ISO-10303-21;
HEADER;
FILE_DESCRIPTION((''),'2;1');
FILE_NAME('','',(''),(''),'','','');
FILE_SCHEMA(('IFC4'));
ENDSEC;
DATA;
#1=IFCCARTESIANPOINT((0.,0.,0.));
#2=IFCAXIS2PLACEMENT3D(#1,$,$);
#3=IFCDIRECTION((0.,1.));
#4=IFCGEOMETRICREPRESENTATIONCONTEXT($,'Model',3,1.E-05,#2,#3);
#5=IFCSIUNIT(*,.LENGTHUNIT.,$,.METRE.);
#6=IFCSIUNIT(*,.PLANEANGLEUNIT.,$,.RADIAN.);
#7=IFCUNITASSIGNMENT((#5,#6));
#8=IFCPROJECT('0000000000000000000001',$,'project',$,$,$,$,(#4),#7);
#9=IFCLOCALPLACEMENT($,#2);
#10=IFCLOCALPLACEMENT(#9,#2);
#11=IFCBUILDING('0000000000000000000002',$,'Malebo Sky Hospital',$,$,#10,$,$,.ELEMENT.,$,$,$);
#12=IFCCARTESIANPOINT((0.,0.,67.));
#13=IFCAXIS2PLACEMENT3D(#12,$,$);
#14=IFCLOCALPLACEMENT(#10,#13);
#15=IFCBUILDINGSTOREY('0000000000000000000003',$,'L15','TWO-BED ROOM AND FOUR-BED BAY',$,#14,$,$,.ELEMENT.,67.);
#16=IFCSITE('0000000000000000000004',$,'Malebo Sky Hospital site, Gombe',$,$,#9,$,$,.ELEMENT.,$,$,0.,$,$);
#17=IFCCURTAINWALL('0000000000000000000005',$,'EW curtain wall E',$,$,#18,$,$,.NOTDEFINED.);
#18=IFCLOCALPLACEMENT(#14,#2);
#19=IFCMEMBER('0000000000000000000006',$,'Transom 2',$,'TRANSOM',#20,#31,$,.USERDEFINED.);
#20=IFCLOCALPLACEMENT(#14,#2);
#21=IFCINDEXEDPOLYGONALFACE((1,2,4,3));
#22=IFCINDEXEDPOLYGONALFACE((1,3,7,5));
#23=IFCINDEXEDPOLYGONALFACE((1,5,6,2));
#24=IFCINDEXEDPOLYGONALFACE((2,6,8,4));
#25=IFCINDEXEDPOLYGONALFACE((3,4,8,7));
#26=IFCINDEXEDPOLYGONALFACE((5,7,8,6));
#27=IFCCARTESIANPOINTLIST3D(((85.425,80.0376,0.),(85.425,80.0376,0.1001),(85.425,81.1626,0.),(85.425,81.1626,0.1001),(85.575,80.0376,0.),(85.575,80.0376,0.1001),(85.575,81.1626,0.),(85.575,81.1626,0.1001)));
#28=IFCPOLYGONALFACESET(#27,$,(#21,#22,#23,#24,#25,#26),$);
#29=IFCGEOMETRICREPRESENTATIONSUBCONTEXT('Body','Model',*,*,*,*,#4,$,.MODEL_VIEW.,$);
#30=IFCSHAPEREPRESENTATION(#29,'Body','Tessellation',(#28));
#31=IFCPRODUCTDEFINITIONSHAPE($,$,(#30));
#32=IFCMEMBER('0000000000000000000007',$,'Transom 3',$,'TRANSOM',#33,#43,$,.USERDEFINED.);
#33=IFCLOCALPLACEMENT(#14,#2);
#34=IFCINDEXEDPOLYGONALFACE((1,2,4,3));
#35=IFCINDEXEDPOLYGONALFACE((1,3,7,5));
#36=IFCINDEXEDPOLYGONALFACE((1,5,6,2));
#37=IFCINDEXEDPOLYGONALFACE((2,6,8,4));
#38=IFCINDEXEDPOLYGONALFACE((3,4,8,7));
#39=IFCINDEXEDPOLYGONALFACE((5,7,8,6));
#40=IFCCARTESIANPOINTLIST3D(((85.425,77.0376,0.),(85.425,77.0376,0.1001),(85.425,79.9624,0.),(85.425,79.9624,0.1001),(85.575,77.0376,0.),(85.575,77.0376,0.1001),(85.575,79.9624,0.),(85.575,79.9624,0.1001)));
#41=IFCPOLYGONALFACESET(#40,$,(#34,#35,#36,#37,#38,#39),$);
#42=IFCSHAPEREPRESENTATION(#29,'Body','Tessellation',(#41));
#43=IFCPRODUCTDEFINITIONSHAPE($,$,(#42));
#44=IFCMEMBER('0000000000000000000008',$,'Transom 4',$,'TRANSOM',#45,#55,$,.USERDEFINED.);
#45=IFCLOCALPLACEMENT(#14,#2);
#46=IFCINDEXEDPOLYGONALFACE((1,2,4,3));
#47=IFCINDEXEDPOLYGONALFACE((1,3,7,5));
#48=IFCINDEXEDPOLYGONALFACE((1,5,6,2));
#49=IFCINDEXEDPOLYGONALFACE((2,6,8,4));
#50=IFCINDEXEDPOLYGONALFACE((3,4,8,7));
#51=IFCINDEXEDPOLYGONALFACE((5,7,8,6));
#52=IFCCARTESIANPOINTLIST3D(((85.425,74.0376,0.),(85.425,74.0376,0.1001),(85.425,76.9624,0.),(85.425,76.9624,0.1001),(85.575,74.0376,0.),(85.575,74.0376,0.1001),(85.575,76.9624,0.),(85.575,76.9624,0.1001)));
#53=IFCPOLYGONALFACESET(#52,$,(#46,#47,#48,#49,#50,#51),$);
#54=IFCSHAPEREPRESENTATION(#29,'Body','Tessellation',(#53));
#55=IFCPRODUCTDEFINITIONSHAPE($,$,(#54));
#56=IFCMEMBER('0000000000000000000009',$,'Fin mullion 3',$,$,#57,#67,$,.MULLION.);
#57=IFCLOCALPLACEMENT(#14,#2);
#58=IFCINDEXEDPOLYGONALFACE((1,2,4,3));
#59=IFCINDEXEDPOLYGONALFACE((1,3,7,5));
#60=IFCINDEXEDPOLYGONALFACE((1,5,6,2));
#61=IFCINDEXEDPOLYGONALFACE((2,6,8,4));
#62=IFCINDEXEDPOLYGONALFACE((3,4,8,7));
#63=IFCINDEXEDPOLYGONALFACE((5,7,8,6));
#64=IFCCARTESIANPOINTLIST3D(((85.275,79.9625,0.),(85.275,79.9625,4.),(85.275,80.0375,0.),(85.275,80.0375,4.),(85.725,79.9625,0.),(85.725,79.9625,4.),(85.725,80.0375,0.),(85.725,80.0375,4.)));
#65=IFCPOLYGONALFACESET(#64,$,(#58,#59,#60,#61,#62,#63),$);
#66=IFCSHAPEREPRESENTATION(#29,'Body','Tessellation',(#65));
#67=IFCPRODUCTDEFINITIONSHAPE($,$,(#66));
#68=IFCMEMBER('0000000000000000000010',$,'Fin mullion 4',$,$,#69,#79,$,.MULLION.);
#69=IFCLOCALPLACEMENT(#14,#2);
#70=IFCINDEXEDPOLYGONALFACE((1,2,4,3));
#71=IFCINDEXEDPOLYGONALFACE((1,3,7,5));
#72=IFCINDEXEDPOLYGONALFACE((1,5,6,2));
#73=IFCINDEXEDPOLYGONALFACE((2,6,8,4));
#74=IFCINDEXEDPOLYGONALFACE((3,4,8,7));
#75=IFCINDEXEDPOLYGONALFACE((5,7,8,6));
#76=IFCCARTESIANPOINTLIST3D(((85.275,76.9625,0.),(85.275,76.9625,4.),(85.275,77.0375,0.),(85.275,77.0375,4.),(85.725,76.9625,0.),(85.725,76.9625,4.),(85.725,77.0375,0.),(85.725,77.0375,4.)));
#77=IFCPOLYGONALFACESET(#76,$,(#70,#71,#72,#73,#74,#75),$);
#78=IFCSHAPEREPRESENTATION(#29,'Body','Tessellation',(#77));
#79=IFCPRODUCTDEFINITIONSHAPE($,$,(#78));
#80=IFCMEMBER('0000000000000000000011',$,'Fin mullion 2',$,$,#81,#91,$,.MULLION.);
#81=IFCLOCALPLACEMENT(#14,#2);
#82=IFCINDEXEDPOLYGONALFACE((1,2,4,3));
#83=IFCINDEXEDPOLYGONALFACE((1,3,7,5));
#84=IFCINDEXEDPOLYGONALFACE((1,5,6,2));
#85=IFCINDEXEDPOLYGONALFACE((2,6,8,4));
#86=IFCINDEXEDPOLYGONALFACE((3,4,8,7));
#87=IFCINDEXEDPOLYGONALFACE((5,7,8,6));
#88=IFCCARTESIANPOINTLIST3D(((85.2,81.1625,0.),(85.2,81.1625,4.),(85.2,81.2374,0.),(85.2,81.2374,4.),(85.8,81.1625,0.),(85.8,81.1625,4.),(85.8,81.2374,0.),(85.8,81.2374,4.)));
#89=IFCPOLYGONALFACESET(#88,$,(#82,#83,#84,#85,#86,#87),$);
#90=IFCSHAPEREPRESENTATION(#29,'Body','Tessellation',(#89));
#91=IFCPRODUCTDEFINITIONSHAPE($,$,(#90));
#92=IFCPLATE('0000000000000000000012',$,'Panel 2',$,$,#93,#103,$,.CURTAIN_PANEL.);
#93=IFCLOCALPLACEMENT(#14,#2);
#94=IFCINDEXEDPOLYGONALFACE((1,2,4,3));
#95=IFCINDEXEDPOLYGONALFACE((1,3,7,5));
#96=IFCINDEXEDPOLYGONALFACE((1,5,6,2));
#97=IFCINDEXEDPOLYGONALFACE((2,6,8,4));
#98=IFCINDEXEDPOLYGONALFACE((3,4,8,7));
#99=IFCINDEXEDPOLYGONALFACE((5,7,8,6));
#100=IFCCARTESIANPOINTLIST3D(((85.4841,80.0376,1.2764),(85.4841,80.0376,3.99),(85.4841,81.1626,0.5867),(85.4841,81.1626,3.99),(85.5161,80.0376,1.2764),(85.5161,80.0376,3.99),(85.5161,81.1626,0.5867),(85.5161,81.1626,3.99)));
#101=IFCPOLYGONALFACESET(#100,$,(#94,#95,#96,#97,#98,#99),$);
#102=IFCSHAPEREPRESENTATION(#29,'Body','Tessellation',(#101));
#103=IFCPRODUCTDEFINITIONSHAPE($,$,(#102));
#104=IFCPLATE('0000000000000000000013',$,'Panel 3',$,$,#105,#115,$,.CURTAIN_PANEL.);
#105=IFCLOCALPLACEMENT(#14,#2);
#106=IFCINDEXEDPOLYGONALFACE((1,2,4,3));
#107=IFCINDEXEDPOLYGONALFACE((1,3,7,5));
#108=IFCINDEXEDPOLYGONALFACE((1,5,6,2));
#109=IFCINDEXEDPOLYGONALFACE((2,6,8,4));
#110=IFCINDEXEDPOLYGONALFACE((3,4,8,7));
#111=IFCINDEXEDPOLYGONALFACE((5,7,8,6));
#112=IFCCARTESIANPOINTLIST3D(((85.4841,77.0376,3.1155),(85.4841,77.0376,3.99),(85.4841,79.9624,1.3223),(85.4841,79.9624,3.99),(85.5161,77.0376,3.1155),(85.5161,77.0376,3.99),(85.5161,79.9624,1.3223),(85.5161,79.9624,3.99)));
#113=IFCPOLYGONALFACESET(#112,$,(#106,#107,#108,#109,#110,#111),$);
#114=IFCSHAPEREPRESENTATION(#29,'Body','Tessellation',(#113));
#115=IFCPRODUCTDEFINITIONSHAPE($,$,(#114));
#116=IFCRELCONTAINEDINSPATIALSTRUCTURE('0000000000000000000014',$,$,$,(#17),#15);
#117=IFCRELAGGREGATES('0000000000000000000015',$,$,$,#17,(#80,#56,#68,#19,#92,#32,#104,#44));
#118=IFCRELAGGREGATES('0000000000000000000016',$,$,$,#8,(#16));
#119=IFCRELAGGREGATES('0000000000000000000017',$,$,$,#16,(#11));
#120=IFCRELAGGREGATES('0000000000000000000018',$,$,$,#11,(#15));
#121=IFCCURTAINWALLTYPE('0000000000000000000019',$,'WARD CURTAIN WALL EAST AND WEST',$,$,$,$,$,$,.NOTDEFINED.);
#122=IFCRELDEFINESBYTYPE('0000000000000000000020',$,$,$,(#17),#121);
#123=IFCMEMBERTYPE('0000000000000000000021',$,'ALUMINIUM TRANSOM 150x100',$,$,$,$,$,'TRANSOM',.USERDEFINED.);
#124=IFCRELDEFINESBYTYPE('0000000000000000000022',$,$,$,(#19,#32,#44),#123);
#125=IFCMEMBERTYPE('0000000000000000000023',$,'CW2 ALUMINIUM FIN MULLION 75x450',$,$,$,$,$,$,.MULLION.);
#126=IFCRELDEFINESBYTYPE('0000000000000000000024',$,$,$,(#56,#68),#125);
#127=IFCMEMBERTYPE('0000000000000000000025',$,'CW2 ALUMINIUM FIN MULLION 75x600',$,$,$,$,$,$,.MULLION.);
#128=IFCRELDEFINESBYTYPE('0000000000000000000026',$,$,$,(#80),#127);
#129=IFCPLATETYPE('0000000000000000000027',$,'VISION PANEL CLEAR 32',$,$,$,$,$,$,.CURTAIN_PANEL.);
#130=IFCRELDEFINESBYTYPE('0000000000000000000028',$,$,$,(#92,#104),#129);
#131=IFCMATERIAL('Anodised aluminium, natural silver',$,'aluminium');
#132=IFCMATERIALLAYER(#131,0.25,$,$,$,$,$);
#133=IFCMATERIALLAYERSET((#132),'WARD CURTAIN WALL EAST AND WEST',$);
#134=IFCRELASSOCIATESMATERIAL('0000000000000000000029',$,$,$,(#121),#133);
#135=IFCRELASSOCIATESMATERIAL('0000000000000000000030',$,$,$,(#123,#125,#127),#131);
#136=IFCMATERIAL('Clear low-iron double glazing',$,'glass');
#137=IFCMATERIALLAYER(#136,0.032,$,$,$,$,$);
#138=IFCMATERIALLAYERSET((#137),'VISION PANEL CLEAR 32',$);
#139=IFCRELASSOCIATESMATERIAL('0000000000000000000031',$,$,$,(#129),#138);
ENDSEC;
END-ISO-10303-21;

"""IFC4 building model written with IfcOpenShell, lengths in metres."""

from ifc_helpers import new_model, si_unit, direction, frame, origin, origin_2d, place, context, subcontext, project, spatial, polyline, rectangle, outline, extrude, material, layer, layer_set, material_profile, profile_set, type_object, element, aggregate, save


model = new_model("IFC4")

# Units and contexts
model_context = context("Model", 3, precision=1e-05, world=origin(), true_north=direction((0.0, 1.0)))
body_context = subcontext(model_context, "Body", "Model", "MODEL_VIEW")
ifc_project = project(units=[si_unit("LENGTHUNIT", "METRE"), si_unit("PLANEANGLEUNIT", "RADIAN")], contexts=[model_context])

# Site, building, storey
site_placement = place(None, origin())
site = spatial("IfcSite", under=ifc_project, at=site_placement, Name="Malebo Sky Hospital site, Gombe", CompositionType="ELEMENT", RefElevation=0.0)
building_placement = place(site_placement, origin())
building = spatial("IfcBuilding", under=site, at=building_placement, Name="Malebo Sky Hospital", CompositionType="ELEMENT")
storey_placement = place(building_placement, frame((0.0, 0.0, 67.0)))
storey = spatial("IfcBuildingStorey", under=building, at=storey_placement, Name="L15", Description="TWO-BED ROOM AND FOUR-BED BAY", CompositionType="ELEMENT", Elevation=67.0)

# Curtain wall, members, plates
ifc_material_1 = material(Name="Anodised aluminium, natural silver", Category="aluminium")
ifc_layer_1 = layer(ifc_material_1, 0.25)
ifc_layer_set_1 = layer_set([ifc_layer_1], Name="WARD CURTAIN WALL EAST AND WEST")
curtain_wall_type = type_object("IfcCurtainWallType", Name="WARD CURTAIN WALL EAST AND WEST", PredefinedType="NOTDEFINED", material=ifc_layer_set_1)
curtain_wall_placement = place(storey_placement, origin())
curtain_wall = element("IfcCurtainWall", 1, at=curtain_wall_placement, inside=storey, type_object=curtain_wall_type, Name="EW curtain wall E", PredefinedType="NOTDEFINED")
ifc_material_profile_1 = material_profile(ifc_material_1, rectangle(XDim=0.1499, YDim=0.1001, at=origin_2d()), Name="ALUMINIUM TRANSOM 150x100")
ifc_profile_set_1 = profile_set([ifc_material_profile_1], Name="Anodised aluminium, natural silver")
member_type_1 = type_object("IfcMemberType", Name="ALUMINIUM TRANSOM 150x100", ElementType="TRANSOM", PredefinedType="USERDEFINED", material=ifc_profile_set_1)
member_1_placement = place(storey_placement, frame((85.5, 81.1626, 0.05), z_axis=(0.0, -1.0, 0.0), x_axis=(1.0, 0.0, 0.0)))
member_1 = element("IfcMember", 2, at=member_1_placement, type_object=member_type_1, Name="Transom 2", ObjectType="TRANSOM", PredefinedType="USERDEFINED", context=body_context, shape_type="SweptSolid", body=[
    extrude(rectangle(XDim=0.1499, YDim=0.1001, at=origin_2d()), origin(), (0.0, 0.0, 1.0), 1.125),
])
member_2_placement = place(storey_placement, frame((85.5, 79.9624, 0.05), z_axis=(0.0, -1.0, 0.0), x_axis=(1.0, 0.0, 0.0)))
member_2 = element("IfcMember", 3, at=member_2_placement, type_object=member_type_1, Name="Transom 3", ObjectType="TRANSOM", PredefinedType="USERDEFINED", context=body_context, shape_type="SweptSolid", body=[
    extrude(rectangle(XDim=0.1499, YDim=0.1001, at=origin_2d()), origin(), (0.0, 0.0, 1.0), 2.9248),
])
member_3_placement = place(storey_placement, frame((85.5, 76.9624, 0.05), z_axis=(0.0, -1.0, 0.0), x_axis=(1.0, 0.0, 0.0)))
member_3 = element("IfcMember", 4, at=member_3_placement, type_object=member_type_1, Name="Transom 4", ObjectType="TRANSOM", PredefinedType="USERDEFINED", context=body_context, shape_type="SweptSolid", body=[
    extrude(rectangle(XDim=0.1499, YDim=0.1001, at=origin_2d()), origin(), (0.0, 0.0, 1.0), 2.9248),
])
ifc_material_profile_2 = material_profile(ifc_material_1, rectangle(XDim=0.075, YDim=0.45, at=origin_2d()), Name="CW2 ALUMINIUM FIN MULLION 75x450")
ifc_profile_set_2 = profile_set([ifc_material_profile_2], Name="Anodised aluminium, natural silver")
member_type_2 = type_object("IfcMemberType", Name="CW2 ALUMINIUM FIN MULLION 75x450", PredefinedType="MULLION", material=ifc_profile_set_2)
member_4_placement = place(storey_placement, frame((85.5, 80.0, 0.0), z_axis=(0.0, 0.0, 1.0), x_axis=(0.0, -1.0, 0.0)))
member_4 = element("IfcMember", 5, at=member_4_placement, type_object=member_type_2, Name="Fin mullion 3", PredefinedType="MULLION", context=body_context, shape_type="SweptSolid", body=[
    extrude(rectangle(XDim=0.075, YDim=0.45, at=origin_2d()), origin(), (0.0, 0.0, 1.0), 4.0),
])
member_5_placement = place(storey_placement, frame((85.5, 77.0, 0.0), z_axis=(0.0, 0.0, 1.0), x_axis=(0.0, -1.0, 0.0)))
member_5 = element("IfcMember", 6, at=member_5_placement, type_object=member_type_2, Name="Fin mullion 4", PredefinedType="MULLION", context=body_context, shape_type="SweptSolid", body=[
    extrude(rectangle(XDim=0.075, YDim=0.45, at=origin_2d()), origin(), (0.0, 0.0, 1.0), 4.0),
])
ifc_material_profile_3 = material_profile(ifc_material_1, rectangle(XDim=0.075, YDim=0.6001, at=origin_2d()), Name="CW2 ALUMINIUM FIN MULLION 75x600")
ifc_profile_set_3 = profile_set([ifc_material_profile_3], Name="Anodised aluminium, natural silver")
member_type_3 = type_object("IfcMemberType", Name="CW2 ALUMINIUM FIN MULLION 75x600", PredefinedType="MULLION", material=ifc_profile_set_3)
member_6_placement = place(storey_placement, frame((85.5, 81.2, 0.0), z_axis=(0.0, 0.0, 1.0), x_axis=(0.0, -1.0, 0.0)))
member_6 = element("IfcMember", 7, at=member_6_placement, type_object=member_type_3, Name="Fin mullion 2", PredefinedType="MULLION", context=body_context, shape_type="SweptSolid", body=[
    extrude(rectangle(XDim=0.075, YDim=0.6001, at=origin_2d()), origin(), (0.0, 0.0, 1.0), 4.0),
])
ifc_material_2 = material(Name="Clear low-iron double glazing", Category="glass")
ifc_layer_2 = layer(ifc_material_2, 0.032)
ifc_layer_set_2 = layer_set([ifc_layer_2], Name="VISION PANEL CLEAR 32")
plate_type = type_object("IfcPlateType", Name="VISION PANEL CLEAR 32", PredefinedType="CURTAIN_PANEL", material=ifc_layer_set_2)
plate_1_placement = place(storey_placement, frame((85.5, 80.6001, 0.5867), z_axis=(0.0, 0.0, 1.0), x_axis=(0.0, -1.0, 0.0)))
plate_1 = element("IfcPlate", 8, at=plate_1_placement, type_object=plate_type, Name="Panel 2", PredefinedType="CURTAIN_PANEL", context=body_context, shape_type="SweptSolid", body=[
    extrude(outline(polyline([(-0.5625, 0.0), (0.5625, 0.6897), (0.5625, 3.4033), (-0.5625, 3.4033), (-0.5625, 0.0)])), frame((0.0, 0.0161, 0.0), z_axis=(0.0, -1.0, 0.0), x_axis=(1.0, 0.0, 0.0)), (0.0, 0.0, 1.0), 0.032),
])
plate_2_placement = place(storey_placement, frame((85.5, 78.5, 1.3223), z_axis=(0.0, 0.0, 1.0), x_axis=(0.0, -1.0, 0.0)))
plate_2 = element("IfcPlate", 9, at=plate_2_placement, type_object=plate_type, Name="Panel 3", PredefinedType="CURTAIN_PANEL", context=body_context, shape_type="SweptSolid", body=[
    extrude(outline(polyline([(-1.4624, 0.0), (1.4624, 1.7932), (1.4624, 2.6677), (-1.4624, 2.6677), (-1.4624, 0.0)])), frame((0.0, 0.0161, 0.0), z_axis=(0.0, -1.0, 0.0), x_axis=(1.0, 0.0, 0.0)), (0.0, 0.0, 1.0), 0.032),
])
aggregate(curtain_wall, [member_6, member_4, member_5, member_1, plate_1, member_2, plate_2, member_3])

save(model, "model.ifc")
